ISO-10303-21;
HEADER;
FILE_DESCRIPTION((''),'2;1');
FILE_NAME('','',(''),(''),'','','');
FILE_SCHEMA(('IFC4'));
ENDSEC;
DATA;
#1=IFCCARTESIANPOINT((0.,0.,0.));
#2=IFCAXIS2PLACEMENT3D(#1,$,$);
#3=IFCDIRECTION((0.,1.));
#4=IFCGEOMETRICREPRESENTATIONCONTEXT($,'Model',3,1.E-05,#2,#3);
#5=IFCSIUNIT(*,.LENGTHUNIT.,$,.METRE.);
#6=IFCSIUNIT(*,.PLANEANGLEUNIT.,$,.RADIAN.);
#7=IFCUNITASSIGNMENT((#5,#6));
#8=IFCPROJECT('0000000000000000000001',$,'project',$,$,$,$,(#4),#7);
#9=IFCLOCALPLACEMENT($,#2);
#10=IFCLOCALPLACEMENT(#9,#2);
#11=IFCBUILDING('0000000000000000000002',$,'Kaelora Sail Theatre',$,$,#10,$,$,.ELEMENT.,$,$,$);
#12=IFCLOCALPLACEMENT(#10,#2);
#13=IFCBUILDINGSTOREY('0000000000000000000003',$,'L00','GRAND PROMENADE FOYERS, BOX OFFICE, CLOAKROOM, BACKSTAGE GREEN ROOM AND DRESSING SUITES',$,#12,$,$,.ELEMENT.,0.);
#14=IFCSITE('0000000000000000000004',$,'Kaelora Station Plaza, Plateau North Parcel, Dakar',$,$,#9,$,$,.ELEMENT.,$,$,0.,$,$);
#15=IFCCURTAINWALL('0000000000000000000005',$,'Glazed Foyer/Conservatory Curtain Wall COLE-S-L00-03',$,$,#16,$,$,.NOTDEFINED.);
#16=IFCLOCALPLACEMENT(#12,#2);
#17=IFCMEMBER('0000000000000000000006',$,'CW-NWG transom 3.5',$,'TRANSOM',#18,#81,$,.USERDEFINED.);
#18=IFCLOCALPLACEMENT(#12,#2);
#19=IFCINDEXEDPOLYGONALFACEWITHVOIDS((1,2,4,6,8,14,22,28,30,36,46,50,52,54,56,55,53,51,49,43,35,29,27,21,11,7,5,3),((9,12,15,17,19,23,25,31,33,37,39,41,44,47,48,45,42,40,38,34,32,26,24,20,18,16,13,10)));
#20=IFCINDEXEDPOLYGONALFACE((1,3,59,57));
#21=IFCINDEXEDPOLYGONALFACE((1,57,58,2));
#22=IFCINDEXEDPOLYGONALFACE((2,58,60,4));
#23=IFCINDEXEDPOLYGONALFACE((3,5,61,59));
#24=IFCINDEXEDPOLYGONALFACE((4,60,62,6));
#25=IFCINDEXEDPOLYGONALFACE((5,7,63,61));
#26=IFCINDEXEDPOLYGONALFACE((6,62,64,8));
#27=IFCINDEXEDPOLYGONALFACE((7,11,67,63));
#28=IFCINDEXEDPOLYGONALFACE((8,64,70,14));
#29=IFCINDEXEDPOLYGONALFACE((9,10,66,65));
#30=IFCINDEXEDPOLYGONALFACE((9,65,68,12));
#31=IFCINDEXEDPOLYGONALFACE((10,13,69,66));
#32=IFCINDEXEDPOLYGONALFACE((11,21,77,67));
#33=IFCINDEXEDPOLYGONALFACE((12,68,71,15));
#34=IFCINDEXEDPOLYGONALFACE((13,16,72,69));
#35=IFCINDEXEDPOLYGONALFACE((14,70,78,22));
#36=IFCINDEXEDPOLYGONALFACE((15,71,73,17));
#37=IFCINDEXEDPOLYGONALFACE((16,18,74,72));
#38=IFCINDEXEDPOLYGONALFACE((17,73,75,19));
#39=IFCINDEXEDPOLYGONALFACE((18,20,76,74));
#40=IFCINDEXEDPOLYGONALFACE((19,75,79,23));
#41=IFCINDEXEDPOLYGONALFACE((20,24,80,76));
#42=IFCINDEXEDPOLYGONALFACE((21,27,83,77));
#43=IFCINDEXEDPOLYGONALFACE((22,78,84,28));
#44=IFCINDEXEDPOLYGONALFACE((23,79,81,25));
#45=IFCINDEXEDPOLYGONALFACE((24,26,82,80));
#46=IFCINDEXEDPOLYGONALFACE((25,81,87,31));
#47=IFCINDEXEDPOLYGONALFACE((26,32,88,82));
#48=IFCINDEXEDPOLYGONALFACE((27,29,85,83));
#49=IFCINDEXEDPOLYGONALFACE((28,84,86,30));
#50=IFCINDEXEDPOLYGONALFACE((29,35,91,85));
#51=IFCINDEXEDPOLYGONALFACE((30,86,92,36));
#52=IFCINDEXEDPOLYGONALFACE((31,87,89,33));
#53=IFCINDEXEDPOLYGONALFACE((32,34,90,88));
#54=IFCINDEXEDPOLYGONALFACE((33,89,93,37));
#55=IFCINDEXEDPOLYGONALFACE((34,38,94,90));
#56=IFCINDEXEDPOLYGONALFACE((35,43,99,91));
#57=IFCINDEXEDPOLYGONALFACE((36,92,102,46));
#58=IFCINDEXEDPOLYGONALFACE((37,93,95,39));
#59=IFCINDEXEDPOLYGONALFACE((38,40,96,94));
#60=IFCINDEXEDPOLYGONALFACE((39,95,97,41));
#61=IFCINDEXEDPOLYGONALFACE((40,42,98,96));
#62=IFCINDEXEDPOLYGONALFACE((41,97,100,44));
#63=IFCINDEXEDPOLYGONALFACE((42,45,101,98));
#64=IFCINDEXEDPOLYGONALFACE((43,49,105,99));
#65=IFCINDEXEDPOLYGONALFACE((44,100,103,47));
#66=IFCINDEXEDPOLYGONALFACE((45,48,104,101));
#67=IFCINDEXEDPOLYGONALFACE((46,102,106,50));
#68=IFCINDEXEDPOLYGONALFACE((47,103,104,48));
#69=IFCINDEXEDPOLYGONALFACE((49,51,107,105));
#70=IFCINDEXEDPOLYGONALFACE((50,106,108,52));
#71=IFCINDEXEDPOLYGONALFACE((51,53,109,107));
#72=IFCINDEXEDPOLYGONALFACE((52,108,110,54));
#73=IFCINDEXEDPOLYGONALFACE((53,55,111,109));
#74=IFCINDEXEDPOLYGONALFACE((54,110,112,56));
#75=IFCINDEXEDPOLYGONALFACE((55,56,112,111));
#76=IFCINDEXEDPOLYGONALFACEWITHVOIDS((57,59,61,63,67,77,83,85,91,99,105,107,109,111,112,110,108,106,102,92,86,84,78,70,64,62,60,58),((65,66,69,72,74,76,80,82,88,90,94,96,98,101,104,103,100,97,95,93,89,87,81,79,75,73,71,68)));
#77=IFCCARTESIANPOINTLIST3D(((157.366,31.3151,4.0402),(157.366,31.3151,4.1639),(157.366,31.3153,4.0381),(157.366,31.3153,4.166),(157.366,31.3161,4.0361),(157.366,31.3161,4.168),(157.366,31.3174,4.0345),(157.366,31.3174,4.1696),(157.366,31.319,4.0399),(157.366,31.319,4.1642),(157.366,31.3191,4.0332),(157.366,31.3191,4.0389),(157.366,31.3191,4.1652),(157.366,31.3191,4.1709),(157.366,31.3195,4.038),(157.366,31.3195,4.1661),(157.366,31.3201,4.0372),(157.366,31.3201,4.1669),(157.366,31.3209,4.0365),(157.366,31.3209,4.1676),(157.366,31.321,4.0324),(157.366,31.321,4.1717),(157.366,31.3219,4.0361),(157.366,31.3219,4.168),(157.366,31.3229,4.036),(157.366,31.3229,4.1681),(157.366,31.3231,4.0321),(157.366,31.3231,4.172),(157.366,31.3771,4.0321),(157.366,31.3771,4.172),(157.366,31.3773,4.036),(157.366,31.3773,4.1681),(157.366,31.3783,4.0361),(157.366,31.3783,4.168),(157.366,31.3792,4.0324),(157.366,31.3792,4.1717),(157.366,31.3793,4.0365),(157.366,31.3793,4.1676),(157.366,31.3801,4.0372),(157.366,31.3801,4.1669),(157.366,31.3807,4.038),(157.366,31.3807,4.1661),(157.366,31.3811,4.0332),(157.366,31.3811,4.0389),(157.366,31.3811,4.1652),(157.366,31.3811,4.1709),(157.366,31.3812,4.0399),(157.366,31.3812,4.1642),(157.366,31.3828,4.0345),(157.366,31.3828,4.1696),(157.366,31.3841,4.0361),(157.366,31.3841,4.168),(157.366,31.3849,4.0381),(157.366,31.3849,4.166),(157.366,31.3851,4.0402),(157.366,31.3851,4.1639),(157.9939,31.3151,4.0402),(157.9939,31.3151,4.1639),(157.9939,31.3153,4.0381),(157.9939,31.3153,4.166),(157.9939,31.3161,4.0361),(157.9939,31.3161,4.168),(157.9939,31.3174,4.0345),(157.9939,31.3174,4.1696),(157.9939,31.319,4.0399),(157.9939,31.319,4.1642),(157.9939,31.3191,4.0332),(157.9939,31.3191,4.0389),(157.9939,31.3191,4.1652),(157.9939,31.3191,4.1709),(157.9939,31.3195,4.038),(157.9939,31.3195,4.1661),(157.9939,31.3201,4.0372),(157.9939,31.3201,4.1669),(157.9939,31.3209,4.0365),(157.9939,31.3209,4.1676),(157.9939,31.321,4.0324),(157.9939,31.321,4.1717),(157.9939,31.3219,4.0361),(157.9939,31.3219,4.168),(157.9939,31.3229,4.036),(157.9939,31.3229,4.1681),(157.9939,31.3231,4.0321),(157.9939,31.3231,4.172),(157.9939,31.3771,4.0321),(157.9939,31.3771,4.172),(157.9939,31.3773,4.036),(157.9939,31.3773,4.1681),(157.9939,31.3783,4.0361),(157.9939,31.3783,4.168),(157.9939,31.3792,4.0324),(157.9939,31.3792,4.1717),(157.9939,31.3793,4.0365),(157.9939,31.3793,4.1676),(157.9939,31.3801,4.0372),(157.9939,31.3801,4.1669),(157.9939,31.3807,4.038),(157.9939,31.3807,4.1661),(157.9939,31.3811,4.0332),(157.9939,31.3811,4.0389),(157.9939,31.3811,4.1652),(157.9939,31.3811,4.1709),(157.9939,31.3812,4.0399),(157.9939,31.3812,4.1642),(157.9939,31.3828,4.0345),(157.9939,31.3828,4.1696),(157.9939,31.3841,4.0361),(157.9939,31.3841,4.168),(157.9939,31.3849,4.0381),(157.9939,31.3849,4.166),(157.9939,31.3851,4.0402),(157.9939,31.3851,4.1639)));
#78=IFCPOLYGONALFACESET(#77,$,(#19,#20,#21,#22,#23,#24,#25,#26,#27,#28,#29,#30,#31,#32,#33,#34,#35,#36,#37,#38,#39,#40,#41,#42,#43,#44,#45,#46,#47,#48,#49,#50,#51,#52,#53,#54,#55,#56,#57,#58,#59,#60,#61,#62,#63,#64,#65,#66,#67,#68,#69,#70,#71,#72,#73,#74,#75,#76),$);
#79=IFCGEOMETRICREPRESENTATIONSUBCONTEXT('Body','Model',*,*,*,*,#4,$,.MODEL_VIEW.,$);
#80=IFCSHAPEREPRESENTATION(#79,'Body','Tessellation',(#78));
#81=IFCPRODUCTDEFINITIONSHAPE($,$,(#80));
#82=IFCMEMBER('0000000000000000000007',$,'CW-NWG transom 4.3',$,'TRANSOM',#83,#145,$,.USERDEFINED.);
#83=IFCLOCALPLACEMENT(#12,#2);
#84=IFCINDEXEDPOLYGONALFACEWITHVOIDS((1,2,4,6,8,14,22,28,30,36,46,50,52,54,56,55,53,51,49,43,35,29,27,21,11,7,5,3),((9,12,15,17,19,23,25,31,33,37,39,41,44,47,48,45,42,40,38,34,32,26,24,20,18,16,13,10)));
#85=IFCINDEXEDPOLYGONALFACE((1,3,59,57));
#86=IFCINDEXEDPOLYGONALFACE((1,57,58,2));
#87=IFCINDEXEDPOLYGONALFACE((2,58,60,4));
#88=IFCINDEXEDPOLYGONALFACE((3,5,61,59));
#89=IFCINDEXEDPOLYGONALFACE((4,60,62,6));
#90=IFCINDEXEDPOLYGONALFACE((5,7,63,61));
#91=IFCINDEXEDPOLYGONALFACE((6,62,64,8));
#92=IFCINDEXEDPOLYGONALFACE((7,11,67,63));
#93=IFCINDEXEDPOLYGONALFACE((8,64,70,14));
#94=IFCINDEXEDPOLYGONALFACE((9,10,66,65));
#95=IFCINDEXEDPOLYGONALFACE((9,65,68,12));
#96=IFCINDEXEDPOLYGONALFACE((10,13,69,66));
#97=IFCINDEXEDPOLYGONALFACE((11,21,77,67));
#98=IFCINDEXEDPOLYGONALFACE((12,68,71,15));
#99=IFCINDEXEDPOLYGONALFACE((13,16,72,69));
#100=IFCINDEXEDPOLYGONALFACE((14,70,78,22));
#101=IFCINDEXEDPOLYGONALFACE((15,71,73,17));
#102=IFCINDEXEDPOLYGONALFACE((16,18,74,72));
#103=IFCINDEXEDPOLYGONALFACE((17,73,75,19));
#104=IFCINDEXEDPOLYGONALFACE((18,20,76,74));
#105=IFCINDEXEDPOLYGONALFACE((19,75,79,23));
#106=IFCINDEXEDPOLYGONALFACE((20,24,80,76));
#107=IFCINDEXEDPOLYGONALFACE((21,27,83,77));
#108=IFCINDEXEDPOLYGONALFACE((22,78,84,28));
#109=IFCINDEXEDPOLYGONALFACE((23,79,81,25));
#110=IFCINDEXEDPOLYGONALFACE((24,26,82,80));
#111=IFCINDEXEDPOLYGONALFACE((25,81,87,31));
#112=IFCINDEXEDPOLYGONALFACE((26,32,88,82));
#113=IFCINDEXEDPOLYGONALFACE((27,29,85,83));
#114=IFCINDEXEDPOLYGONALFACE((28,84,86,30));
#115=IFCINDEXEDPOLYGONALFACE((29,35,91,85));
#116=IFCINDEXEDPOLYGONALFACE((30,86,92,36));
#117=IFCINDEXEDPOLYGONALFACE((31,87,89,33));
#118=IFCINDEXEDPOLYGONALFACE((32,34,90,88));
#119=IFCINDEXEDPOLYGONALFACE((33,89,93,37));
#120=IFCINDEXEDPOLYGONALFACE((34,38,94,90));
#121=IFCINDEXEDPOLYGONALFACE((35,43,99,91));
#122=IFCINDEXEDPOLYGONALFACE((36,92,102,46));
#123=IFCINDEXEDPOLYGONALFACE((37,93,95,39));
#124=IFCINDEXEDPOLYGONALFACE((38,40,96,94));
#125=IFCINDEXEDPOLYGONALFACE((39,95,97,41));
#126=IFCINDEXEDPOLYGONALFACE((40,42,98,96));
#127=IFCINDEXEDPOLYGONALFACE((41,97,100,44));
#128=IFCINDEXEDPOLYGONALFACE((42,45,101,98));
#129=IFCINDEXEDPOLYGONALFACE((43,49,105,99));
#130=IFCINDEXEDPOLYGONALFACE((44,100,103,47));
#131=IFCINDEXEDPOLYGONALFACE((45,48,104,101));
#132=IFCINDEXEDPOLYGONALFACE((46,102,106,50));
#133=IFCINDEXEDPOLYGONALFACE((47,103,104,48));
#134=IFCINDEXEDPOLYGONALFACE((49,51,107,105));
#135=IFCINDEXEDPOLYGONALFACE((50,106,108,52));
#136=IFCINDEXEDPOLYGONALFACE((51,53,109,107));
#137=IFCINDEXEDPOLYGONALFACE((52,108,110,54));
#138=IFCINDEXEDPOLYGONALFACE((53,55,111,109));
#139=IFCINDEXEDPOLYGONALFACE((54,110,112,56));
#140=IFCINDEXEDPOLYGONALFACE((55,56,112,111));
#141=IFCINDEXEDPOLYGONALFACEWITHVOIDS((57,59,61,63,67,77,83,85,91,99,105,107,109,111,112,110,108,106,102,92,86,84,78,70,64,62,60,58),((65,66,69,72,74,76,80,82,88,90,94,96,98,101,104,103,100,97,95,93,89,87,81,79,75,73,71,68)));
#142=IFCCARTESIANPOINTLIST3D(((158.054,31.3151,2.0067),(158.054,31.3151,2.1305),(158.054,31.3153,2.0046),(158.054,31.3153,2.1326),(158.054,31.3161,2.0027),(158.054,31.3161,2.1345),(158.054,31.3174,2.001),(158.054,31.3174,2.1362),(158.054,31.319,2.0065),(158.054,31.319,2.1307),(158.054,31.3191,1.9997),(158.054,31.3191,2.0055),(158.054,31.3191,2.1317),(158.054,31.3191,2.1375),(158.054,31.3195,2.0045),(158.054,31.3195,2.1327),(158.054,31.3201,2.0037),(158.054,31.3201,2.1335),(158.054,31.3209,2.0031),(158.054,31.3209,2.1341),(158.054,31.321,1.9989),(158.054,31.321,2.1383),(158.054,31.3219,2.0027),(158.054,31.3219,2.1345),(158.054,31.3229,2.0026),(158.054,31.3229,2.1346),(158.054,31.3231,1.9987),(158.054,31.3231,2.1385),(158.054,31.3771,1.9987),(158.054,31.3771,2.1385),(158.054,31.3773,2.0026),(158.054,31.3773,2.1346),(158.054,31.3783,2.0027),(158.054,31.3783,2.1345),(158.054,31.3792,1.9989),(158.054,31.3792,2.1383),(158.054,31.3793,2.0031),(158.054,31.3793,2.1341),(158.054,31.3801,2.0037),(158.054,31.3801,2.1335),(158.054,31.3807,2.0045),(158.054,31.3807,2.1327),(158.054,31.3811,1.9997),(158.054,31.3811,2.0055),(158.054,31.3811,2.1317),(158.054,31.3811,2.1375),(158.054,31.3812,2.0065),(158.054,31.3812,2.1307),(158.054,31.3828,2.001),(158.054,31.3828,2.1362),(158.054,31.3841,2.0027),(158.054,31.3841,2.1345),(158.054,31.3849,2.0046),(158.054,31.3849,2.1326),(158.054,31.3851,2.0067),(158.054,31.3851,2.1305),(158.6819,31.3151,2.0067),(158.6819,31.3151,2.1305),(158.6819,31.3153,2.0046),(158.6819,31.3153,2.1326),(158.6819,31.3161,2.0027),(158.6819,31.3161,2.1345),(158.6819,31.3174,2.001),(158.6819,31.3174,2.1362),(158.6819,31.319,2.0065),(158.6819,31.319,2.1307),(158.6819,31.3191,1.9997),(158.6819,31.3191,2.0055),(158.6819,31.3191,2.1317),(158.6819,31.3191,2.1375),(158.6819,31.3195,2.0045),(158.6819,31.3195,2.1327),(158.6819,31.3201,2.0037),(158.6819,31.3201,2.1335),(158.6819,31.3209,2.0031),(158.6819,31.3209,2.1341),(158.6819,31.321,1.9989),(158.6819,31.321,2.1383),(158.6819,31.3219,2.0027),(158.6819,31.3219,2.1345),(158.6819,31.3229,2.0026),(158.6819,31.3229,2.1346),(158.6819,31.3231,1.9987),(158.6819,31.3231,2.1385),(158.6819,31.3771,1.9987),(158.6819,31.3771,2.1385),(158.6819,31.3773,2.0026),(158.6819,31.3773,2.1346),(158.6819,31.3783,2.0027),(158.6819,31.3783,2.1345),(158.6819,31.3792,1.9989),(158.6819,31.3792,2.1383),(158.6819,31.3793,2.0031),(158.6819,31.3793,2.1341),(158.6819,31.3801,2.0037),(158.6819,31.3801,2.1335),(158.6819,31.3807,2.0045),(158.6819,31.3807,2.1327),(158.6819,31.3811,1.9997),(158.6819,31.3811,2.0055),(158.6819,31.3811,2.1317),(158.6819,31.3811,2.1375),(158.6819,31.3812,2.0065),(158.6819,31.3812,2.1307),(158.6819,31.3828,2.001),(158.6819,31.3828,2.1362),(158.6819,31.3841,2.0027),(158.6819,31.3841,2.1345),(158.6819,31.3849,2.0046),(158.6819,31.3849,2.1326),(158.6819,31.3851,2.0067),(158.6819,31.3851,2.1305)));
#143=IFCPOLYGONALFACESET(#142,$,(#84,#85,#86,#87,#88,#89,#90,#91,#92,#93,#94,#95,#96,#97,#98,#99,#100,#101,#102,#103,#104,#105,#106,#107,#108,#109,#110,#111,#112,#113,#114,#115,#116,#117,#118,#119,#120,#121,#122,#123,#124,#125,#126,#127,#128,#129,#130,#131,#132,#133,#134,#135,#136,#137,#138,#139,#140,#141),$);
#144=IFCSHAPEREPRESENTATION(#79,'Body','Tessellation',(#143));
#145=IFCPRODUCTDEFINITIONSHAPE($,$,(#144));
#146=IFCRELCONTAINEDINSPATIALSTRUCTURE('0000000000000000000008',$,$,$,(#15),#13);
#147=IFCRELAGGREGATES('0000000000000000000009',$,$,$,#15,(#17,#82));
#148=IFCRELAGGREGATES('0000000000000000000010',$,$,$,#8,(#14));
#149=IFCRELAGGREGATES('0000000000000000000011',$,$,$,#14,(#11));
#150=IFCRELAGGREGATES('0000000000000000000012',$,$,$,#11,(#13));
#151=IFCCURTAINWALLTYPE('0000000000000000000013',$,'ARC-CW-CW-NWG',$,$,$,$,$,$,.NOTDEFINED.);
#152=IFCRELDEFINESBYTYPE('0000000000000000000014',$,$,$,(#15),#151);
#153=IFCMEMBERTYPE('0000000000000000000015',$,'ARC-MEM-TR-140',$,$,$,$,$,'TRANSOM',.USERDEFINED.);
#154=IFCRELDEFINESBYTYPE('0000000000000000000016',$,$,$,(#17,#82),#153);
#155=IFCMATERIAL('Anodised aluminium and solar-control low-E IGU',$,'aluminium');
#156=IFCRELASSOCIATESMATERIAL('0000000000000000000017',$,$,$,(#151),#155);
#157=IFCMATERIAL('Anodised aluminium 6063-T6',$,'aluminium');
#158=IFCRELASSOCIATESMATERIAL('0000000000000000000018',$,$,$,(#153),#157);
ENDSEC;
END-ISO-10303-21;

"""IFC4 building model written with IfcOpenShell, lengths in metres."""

from ifc_helpers import new_model, si_unit, direction, frame, origin, origin_2d, place, context, subcontext, project, spatial, hollow_rectangle, extrude, material, material_profile, profile_set, type_object, element, aggregate, save


model = new_model("IFC4")

# Units and contexts
model_context = context("Model", 3, precision=1e-05, world=origin(), true_north=direction((0.0, 1.0)))
body_context = subcontext(model_context, "Body", "Model", "MODEL_VIEW")
ifc_project = project(units=[si_unit("LENGTHUNIT", "METRE"), si_unit("PLANEANGLEUNIT", "RADIAN")], contexts=[model_context])

# Site, building, storey
site_placement = place(None, origin())
site = spatial("IfcSite", under=ifc_project, at=site_placement, Name="Kaelora Station Plaza, Plateau North Parcel, Dakar", CompositionType="ELEMENT", RefElevation=0.0)
building_placement = place(site_placement, origin())
building = spatial("IfcBuilding", under=site, at=building_placement, Name="Kaelora Sail Theatre", CompositionType="ELEMENT")
storey_placement = place(building_placement, origin())
storey = spatial("IfcBuildingStorey", under=building, at=storey_placement, Name="L00", Description="GRAND PROMENADE FOYERS, BOX OFFICE, CLOAKROOM, BACKSTAGE GREEN ROOM AND DRESSING SUITES", CompositionType="ELEMENT", Elevation=0.0)

# Curtain wall, members
ifc_material_1 = material(Name="Anodised aluminium and solar-control low-E IGU", Category="aluminium")
curtain_wall_type = type_object("IfcCurtainWallType", Name="ARC-CW-CW-NWG", PredefinedType="NOTDEFINED", material=ifc_material_1)
curtain_wall_1_placement = place(storey_placement, origin())
curtain_wall_1 = element("IfcCurtainWall", 1, at=curtain_wall_1_placement, inside=storey, type_object=curtain_wall_type, Name="Glazed Foyer/Conservatory Curtain Wall COLE-S-L00-03", PredefinedType="NOTDEFINED")
ifc_material_2 = material(Name="Anodised aluminium 6063-T6", Category="aluminium")
ifc_material_profile = material_profile(ifc_material_2, hollow_rectangle(XDim=0.0701, YDim=0.1399, WallThickness=0.0039, InnerFilletRadius=0.0039, OuterFilletRadius=0.0081, at=origin_2d()), Name="ALU-TRAN 70x140x4")
ifc_profile_set = profile_set([ifc_material_profile], Name="Anodised aluminium 6063-T6")
member_type = type_object("IfcMemberType", Name="ARC-MEM-TR-140", ElementType="TRANSOM", PredefinedType="USERDEFINED", material=ifc_profile_set)
member_1_placement = place(storey_placement, frame((157.366, 31.3501, 4.1021), z_axis=(1.0, 0.0, 0.0), x_axis=(0.0, 1.0, 0.0)))
member_1 = element("IfcMember", 2, at=member_1_placement, type_object=member_type, Name="CW-NWG transom 3.5", ObjectType="TRANSOM", PredefinedType="USERDEFINED", context=body_context, shape_type="SweptSolid", body=[
    extrude(hollow_rectangle(XDim=0.0701, YDim=0.1399, WallThickness=0.0039, InnerFilletRadius=0.0039, OuterFilletRadius=0.0081, at=origin_2d()), origin(), (0.0, 0.0, 1.0), 0.6279),
])
member_2_placement = place(storey_placement, frame((158.054, 31.3501, 2.0686), z_axis=(1.0, 0.0, 0.0), x_axis=(0.0, 1.0, 0.0)))
member_2 = element("IfcMember", 3, at=member_2_placement, type_object=member_type, Name="CW-NWG transom 4.3", ObjectType="TRANSOM", PredefinedType="USERDEFINED", context=body_context, shape_type="SweptSolid", body=[
    extrude(hollow_rectangle(XDim=0.0701, YDim=0.1399, WallThickness=0.0039, InnerFilletRadius=0.0039, OuterFilletRadius=0.0081, at=origin_2d()), origin(), (0.0, 0.0, 1.0), 0.6279),
])

aggregate(curtain_wall_1, [member_1, member_2])

save(model, "model.ifc")
